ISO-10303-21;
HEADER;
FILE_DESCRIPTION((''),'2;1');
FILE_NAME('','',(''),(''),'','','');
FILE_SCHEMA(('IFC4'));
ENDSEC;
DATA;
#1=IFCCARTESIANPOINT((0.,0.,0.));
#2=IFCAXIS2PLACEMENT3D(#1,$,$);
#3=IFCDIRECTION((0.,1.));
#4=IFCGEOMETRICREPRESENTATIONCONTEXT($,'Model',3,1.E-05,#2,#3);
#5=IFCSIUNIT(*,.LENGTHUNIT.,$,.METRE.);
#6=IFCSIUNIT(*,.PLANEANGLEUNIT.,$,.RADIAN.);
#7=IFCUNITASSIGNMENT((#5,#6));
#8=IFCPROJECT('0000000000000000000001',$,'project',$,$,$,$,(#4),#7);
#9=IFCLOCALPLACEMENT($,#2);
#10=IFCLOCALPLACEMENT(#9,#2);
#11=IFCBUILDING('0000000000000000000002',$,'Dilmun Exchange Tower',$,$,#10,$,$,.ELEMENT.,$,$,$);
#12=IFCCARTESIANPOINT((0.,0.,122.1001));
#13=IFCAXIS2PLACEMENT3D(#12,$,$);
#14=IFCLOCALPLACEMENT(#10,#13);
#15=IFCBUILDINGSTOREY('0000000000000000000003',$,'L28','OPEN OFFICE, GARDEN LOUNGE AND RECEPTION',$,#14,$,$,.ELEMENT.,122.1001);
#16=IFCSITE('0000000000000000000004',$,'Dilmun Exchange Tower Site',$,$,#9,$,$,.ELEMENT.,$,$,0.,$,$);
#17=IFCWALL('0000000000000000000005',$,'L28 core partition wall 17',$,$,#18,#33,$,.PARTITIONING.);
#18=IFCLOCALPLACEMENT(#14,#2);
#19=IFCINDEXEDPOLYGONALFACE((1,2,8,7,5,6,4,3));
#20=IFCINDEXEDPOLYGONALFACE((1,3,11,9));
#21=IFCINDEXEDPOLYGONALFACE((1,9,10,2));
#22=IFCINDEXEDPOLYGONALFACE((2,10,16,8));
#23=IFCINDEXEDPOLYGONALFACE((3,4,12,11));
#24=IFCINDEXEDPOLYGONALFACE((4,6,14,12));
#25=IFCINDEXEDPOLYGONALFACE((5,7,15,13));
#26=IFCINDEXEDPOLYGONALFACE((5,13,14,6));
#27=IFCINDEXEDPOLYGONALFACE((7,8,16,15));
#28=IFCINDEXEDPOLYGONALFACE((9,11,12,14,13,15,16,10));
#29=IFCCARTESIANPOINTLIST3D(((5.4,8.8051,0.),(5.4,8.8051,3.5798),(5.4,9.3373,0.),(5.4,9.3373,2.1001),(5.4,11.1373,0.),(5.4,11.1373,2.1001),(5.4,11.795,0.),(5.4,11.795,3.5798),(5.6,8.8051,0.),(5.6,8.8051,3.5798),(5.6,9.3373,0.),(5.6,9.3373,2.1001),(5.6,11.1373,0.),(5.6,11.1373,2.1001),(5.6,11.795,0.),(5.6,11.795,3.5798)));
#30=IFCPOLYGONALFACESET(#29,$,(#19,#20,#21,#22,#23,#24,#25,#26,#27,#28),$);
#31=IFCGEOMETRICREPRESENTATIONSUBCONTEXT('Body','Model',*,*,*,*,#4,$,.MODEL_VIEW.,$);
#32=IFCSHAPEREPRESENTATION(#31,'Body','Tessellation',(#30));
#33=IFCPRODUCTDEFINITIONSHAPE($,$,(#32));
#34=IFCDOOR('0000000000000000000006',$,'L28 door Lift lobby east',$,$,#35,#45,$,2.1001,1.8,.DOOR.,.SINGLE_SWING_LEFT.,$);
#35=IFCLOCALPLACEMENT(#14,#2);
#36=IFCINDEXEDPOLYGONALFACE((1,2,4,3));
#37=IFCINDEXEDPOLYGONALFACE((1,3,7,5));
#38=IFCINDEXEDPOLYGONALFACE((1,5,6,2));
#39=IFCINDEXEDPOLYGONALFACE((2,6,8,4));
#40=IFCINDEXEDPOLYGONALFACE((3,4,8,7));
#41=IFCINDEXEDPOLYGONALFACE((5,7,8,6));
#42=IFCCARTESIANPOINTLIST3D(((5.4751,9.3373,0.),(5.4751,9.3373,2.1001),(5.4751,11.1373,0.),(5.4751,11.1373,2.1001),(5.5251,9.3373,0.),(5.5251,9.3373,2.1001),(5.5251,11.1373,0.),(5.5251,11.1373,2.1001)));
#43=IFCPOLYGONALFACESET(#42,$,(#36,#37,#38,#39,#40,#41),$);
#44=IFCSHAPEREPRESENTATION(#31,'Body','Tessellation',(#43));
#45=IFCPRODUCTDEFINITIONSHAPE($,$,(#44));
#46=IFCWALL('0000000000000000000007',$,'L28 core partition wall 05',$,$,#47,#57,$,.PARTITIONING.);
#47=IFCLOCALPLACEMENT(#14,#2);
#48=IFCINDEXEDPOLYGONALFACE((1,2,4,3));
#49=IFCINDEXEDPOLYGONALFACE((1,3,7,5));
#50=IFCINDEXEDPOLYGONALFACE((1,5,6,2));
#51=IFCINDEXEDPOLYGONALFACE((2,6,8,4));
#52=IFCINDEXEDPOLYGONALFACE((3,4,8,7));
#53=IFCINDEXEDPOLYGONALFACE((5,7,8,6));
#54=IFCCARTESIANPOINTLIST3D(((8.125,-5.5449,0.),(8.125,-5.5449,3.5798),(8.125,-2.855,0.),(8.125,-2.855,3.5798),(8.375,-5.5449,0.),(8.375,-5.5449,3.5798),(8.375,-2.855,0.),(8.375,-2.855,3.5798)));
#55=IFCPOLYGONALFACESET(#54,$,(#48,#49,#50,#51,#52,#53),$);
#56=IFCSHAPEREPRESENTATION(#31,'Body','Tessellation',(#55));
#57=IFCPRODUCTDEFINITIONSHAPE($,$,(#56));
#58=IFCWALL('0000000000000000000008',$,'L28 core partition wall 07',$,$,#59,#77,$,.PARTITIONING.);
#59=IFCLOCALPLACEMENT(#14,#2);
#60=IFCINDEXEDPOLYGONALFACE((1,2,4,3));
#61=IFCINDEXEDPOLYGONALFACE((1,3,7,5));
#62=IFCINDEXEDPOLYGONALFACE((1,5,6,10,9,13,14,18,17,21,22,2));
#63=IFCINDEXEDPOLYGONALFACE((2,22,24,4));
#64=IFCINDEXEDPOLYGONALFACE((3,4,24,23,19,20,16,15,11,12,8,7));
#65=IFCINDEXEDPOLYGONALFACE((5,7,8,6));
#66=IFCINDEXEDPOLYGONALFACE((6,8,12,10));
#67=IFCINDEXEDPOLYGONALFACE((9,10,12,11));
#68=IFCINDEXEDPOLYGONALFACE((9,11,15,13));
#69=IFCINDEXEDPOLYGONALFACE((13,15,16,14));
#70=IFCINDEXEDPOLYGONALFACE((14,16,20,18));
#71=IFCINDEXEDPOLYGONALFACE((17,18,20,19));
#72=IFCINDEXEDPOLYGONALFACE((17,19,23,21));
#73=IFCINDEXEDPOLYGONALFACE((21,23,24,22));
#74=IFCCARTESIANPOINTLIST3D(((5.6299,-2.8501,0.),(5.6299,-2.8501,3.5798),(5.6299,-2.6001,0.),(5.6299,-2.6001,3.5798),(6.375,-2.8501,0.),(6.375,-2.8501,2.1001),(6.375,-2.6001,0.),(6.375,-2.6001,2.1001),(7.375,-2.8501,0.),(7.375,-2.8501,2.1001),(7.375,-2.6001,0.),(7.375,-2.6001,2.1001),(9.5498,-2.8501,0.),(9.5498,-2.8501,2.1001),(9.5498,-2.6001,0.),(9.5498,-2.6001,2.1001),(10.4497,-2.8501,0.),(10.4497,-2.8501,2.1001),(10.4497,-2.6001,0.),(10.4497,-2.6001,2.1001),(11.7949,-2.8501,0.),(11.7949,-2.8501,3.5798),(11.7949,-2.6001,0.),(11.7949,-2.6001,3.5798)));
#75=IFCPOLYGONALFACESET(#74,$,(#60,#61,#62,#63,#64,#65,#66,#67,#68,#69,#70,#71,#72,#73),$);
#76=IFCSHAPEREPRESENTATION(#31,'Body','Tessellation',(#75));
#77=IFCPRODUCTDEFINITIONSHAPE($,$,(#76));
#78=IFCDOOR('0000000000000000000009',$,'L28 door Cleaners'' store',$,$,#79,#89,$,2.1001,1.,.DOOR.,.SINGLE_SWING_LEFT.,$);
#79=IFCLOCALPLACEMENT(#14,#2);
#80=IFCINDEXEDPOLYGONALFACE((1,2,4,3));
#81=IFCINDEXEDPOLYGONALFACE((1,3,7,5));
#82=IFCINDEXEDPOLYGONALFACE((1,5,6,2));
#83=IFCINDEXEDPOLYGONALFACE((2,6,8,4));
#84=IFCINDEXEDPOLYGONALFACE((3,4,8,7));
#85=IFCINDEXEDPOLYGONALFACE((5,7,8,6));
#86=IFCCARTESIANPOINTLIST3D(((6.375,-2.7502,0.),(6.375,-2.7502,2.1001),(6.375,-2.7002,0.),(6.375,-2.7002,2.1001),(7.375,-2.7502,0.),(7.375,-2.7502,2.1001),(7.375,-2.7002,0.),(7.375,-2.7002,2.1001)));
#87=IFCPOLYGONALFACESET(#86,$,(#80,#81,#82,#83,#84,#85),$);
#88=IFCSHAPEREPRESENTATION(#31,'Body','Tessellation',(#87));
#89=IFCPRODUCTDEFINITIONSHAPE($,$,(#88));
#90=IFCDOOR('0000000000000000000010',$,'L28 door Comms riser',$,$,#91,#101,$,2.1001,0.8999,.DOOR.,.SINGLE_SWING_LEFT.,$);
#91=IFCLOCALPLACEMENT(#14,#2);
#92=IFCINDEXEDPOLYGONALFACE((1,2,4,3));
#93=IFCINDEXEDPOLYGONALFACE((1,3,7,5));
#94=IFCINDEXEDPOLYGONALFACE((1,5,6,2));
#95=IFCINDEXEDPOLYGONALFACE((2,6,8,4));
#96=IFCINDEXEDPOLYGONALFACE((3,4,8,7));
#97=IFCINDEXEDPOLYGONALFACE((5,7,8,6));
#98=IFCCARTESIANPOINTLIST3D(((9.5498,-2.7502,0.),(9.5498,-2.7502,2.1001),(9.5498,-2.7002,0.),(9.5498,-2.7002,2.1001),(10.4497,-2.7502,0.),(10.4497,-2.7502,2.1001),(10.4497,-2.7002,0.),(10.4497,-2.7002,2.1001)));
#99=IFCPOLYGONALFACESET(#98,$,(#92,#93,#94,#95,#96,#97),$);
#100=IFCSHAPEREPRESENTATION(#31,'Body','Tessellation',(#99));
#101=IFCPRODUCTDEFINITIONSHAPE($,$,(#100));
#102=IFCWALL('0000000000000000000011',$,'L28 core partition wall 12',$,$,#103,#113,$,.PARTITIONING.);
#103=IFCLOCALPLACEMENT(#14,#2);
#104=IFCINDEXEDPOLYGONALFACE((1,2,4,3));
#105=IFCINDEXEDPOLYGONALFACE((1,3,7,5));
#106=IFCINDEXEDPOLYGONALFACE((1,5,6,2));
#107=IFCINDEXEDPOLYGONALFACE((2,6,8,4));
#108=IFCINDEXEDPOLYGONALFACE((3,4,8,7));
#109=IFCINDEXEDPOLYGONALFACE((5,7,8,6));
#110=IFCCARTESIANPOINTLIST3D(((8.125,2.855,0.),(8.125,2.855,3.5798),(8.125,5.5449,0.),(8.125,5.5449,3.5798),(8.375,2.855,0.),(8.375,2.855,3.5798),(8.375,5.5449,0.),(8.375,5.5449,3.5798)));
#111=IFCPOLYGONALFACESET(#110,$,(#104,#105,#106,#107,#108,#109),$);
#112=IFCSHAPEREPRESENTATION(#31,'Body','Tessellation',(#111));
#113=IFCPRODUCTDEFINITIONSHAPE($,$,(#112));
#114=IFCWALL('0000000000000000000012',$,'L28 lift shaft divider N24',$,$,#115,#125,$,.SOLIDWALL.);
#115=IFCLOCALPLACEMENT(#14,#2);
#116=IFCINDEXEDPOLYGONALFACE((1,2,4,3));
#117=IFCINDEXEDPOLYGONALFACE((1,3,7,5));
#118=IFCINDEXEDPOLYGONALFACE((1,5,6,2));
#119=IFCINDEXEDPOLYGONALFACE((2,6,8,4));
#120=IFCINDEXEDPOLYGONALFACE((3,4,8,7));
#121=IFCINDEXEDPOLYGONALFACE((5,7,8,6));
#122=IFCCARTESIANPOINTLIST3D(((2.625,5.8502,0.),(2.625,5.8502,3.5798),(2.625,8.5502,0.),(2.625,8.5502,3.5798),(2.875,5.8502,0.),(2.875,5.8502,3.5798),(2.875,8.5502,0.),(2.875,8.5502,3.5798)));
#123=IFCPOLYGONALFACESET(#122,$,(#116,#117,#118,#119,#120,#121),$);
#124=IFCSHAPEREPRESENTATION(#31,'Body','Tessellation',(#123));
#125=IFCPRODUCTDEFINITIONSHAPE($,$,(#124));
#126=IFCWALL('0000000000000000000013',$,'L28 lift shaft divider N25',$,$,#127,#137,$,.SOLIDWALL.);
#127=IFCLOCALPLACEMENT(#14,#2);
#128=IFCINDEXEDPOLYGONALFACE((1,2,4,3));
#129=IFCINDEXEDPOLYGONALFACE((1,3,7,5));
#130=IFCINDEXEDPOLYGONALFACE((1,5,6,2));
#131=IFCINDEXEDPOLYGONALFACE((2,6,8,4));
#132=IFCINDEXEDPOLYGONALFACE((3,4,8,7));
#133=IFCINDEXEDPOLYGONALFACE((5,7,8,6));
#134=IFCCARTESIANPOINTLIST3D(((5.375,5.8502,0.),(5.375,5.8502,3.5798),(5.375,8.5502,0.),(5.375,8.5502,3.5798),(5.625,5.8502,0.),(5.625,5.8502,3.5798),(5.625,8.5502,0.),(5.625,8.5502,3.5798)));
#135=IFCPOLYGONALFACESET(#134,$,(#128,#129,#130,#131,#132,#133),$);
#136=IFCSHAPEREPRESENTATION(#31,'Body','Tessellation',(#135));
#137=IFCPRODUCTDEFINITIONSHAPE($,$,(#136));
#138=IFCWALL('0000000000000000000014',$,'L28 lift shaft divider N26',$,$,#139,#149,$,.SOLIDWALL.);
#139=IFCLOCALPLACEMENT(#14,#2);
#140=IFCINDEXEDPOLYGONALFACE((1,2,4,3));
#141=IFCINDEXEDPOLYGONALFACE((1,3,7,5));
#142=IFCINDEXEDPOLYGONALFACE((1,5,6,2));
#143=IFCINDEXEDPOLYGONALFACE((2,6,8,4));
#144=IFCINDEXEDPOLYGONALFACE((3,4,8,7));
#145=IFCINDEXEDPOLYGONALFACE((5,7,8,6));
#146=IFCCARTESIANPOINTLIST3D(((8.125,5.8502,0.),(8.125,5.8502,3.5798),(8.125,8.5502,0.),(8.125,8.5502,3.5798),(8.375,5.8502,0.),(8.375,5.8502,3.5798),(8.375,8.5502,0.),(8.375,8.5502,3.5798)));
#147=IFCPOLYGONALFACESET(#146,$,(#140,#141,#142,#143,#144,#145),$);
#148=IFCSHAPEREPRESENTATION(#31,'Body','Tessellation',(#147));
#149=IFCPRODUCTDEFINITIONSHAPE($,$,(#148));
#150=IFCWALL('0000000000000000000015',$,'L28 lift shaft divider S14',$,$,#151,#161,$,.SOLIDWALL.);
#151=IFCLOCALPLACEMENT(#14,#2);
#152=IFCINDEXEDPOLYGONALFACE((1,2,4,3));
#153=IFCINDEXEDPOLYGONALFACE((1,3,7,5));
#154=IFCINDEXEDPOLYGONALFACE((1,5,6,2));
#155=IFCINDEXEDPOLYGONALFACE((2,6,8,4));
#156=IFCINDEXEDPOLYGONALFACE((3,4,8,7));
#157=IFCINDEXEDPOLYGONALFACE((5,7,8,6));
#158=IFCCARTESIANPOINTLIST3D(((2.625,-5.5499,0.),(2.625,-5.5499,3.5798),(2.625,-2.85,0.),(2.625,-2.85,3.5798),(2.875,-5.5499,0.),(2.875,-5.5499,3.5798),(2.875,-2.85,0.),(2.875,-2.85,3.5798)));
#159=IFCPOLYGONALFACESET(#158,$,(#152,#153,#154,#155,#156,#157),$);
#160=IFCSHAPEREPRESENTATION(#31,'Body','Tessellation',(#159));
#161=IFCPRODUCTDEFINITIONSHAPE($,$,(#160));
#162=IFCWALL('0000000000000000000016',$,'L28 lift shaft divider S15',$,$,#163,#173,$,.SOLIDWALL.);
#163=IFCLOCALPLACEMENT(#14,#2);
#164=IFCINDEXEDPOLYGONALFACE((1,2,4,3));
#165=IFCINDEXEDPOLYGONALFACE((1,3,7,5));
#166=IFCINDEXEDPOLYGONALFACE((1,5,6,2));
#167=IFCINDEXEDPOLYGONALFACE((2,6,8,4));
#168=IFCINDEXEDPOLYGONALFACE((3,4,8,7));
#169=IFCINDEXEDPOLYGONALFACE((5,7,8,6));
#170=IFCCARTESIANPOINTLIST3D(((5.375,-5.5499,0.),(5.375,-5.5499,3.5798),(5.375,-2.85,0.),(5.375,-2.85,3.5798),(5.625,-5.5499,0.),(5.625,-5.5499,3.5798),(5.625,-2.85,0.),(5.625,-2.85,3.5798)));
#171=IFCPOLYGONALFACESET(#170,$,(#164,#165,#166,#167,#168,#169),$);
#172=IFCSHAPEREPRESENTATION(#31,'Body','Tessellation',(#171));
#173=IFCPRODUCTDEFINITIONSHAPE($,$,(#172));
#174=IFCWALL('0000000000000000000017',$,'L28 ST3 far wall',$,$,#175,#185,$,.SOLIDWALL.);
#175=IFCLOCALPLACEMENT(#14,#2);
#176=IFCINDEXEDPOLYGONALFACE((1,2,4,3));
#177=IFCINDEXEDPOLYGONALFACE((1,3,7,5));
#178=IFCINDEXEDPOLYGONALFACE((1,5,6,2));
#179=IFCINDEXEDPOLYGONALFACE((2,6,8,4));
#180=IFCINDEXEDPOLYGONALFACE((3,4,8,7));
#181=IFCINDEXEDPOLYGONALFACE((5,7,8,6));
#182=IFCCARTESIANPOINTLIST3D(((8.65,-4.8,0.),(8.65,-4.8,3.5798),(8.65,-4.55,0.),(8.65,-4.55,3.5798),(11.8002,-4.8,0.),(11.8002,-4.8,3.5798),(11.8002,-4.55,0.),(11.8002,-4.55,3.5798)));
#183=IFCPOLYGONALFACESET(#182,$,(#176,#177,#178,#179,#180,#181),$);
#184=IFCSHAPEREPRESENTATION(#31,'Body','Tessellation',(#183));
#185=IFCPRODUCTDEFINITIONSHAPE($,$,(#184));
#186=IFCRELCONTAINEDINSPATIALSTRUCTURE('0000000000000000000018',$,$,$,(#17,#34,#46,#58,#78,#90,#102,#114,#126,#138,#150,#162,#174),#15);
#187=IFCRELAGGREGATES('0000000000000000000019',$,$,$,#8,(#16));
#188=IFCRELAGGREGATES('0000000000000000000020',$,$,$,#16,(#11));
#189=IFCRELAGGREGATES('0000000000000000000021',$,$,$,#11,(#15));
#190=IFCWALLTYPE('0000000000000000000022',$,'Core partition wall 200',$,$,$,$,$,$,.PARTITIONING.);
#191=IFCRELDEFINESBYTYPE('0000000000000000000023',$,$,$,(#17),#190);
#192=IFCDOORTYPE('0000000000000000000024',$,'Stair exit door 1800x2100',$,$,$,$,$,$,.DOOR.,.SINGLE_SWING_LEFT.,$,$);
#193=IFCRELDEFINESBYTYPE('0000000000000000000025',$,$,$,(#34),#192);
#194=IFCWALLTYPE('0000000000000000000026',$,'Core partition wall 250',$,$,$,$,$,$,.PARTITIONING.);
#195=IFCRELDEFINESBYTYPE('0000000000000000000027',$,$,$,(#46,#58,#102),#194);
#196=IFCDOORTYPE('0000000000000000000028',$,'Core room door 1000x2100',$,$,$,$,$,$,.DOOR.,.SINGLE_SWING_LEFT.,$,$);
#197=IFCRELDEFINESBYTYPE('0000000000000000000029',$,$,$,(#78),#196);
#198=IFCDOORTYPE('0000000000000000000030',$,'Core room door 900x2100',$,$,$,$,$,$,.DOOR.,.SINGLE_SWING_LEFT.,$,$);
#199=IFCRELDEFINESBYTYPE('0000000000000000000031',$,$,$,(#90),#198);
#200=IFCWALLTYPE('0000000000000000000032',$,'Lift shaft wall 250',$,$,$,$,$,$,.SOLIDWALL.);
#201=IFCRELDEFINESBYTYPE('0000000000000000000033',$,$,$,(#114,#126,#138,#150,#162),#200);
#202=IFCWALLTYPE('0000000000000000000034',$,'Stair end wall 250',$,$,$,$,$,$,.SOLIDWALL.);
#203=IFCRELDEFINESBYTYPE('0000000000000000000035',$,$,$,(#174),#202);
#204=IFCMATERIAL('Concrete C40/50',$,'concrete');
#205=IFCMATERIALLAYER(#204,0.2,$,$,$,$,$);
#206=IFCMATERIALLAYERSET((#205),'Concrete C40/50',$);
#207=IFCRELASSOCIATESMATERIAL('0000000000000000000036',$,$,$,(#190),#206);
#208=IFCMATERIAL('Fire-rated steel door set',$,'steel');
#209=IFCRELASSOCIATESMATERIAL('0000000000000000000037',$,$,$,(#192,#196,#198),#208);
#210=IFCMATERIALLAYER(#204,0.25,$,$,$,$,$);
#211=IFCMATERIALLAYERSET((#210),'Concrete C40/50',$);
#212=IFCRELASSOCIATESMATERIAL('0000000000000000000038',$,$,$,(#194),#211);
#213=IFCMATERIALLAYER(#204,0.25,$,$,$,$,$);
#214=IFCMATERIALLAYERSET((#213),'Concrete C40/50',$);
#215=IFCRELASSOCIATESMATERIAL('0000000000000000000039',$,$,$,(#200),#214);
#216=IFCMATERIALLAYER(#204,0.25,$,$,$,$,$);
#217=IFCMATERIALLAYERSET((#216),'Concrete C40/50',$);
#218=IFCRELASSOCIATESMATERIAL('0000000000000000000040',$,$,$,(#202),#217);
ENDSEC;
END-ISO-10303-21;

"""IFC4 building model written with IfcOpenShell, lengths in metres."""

from ifc_helpers import new_model, si_unit, direction, frame, frame_2d, origin, place, context, subcontext, project, spatial, rectangle, extrude, material, layer, layer_set, type_object, element, fill, save


model = new_model("IFC4")

# Units and contexts
model_context = context("Model", 3, precision=1e-05, world=origin(), true_north=direction((0.0, 1.0)))
body_context = subcontext(model_context, "Body", "Model", "MODEL_VIEW")
ifc_project = project(units=[si_unit("LENGTHUNIT", "METRE"), si_unit("PLANEANGLEUNIT", "RADIAN")], contexts=[model_context])

# Site, building, storey
site_placement = place(None, origin())
site = spatial("IfcSite", under=ifc_project, at=site_placement, Name="Dilmun Exchange Tower Site", CompositionType="ELEMENT", RefElevation=0.0)
building_placement = place(site_placement, origin())
building = spatial("IfcBuilding", under=site, at=building_placement, Name="Dilmun Exchange Tower", CompositionType="ELEMENT")
storey_placement = place(building_placement, frame((0.0, 0.0, 122.1001)))
storey = spatial("IfcBuildingStorey", under=building, at=storey_placement, Name="L28", Description="OPEN OFFICE, GARDEN LOUNGE AND RECEPTION", CompositionType="ELEMENT", Elevation=122.1001)

# Wall, opening, door
ifc_material_1 = material(Name="Concrete C40/50", Category="concrete")
ifc_layer_1 = layer(ifc_material_1, 0.2)
ifc_layer_set_1 = layer_set([ifc_layer_1], Name="Concrete C40/50")
wall_type_1 = type_object("IfcWallType", Name="Core partition wall 200", PredefinedType="PARTITIONING", material=ifc_layer_set_1)
wall_1_placement = place(storey_placement, frame((5.5, 8.8049, 0.0), z_axis=(0.0, 0.0, 1.0), x_axis=(0.0, 1.0, 0.0)))
wall_1 = element("IfcWall", 1, at=wall_1_placement, inside=storey, type_object=wall_type_1, Name="L28 core partition wall 17", PredefinedType="PARTITIONING", context=body_context, shape_type="SweptSolid", body=[
    extrude(rectangle(XDim=2.99, YDim=0.2, at=frame_2d((1.4951, 0.0))), origin(), (0.0, 0.0, 1.0), 3.5798),
])
opening_1_placement = place(wall_1_placement, frame((0.5325, 0.0, 0.0)))
opening_1 = element("IfcOpeningElement", 2, at=opening_1_placement, cuts=wall_1, PredefinedType="OPENING", context=body_context, shape_type="SweptSolid", body=[
    extrude(rectangle(XDim=1.8, YDim=2.1001, at=frame_2d((0.8999, 1.05))), frame((0.0, 0.1099, 0.0), z_axis=(0.0, -1.0, 0.0), x_axis=(1.0, 0.0, 0.0)), (0.0, 0.0, 1.0), 0.22),
])
ifc_material_2 = material(Name="Fire-rated steel door set", Category="steel")
door_type_1 = type_object("IfcDoorType", Name="Stair exit door 1800x2100", OperationType="SINGLE_SWING_LEFT", PredefinedType="DOOR", material=ifc_material_2)
door_1_placement = place(opening_1_placement, origin())
door_1 = element("IfcDoor", 3, at=door_1_placement, inside=storey, type_object=door_type_1, Name="L28 door Lift lobby east", OperationType="SINGLE_SWING_LEFT", OverallHeight=2.1001, OverallWidth=1.8, PredefinedType="DOOR", context=body_context, shape_type="SweptSolid", body=[
    extrude(rectangle(XDim=1.8, YDim=2.1001, at=frame_2d((0.8999, 1.05))), frame((0.0, 0.0249, 0.0), z_axis=(0.0, -1.0, 0.0), x_axis=(1.0, 0.0, 0.0)), (0.0, 0.0, 1.0), 0.05),
])
fill(opening_1, door_1)

# Wall
ifc_layer_2 = layer(ifc_material_1, 0.25)
ifc_layer_set_2 = layer_set([ifc_layer_2], Name="Concrete C40/50")
wall_type_2 = type_object("IfcWallType", Name="Core partition wall 250", PredefinedType="PARTITIONING", material=ifc_layer_set_2)
wall_2_placement = place(storey_placement, frame((8.25, -5.5449, 0.0), z_axis=(0.0, 0.0, 1.0), x_axis=(0.0, 1.0, 0.0)))
element("IfcWall", 4, at=wall_2_placement, inside=storey, type_object=wall_type_2, Name="L28 core partition wall 05", PredefinedType="PARTITIONING", context=body_context, shape_type="SweptSolid", body=[
    extrude(rectangle(XDim=2.6899, YDim=0.25, at=frame_2d((1.345, 0.0))), origin(), (0.0, 0.0, 1.0), 3.5798),
])

# Wall, openings, doors
wall_3_placement = place(storey_placement, frame((5.6299, -2.7251, 0.0), z_axis=(0.0, 0.0, 1.0), x_axis=(1.0, 0.0, 0.0)))
wall_3 = element("IfcWall", 5, at=wall_3_placement, inside=storey, type_object=wall_type_2, Name="L28 core partition wall 07", PredefinedType="PARTITIONING", context=body_context, shape_type="SweptSolid", body=[
    extrude(rectangle(XDim=6.165, YDim=0.25, at=frame_2d((3.0825, 0.0))), origin(), (0.0, 0.0, 1.0), 3.5798),
])
opening_2_placement = place(wall_3_placement, frame((0.7451, 0.0, 0.0)))
opening_2 = element("IfcOpeningElement", 6, at=opening_2_placement, cuts=wall_3, PredefinedType="OPENING", context=body_context, shape_type="SweptSolid", body=[
    extrude(rectangle(XDim=1.0, YDim=2.1001, at=frame_2d((0.5, 1.05))), frame((0.0, 0.135, 0.0), z_axis=(0.0, -1.0, 0.0), x_axis=(1.0, 0.0, 0.0)), (0.0, 0.0, 1.0), 0.27),
])
opening_3_placement = place(wall_3_placement, frame((3.9199, 0.0, 0.0)))
opening_3 = element("IfcOpeningElement", 7, at=opening_3_placement, cuts=wall_3, PredefinedType="OPENING", context=body_context, shape_type="SweptSolid", body=[
    extrude(rectangle(XDim=0.8999, YDim=2.1001, at=frame_2d((0.45, 1.05))), frame((0.0, 0.135, 0.0), z_axis=(0.0, -1.0, 0.0), x_axis=(1.0, 0.0, 0.0)), (0.0, 0.0, 1.0), 0.27),
])
door_type_2 = type_object("IfcDoorType", Name="Core room door 1000x2100", OperationType="SINGLE_SWING_LEFT", PredefinedType="DOOR", material=ifc_material_2)
door_2_placement = place(opening_2_placement, origin())
door_2 = element("IfcDoor", 8, at=door_2_placement, inside=storey, type_object=door_type_2, Name="L28 door Cleaners' store", OperationType="SINGLE_SWING_LEFT", OverallHeight=2.1001, OverallWidth=1.0, PredefinedType="DOOR", context=body_context, shape_type="SweptSolid", body=[
    extrude(rectangle(XDim=1.0, YDim=2.1001, at=frame_2d((0.5, 1.05))), frame((0.0, 0.0249, 0.0), z_axis=(0.0, -1.0, 0.0), x_axis=(1.0, 0.0, 0.0)), (0.0, 0.0, 1.0), 0.05),
])
fill(opening_2, door_2)
door_type_3 = type_object("IfcDoorType", Name="Core room door 900x2100", OperationType="SINGLE_SWING_LEFT", PredefinedType="DOOR", material=ifc_material_2)
door_3_placement = place(opening_3_placement, origin())
door_3 = element("IfcDoor", 9, at=door_3_placement, inside=storey, type_object=door_type_3, Name="L28 door Comms riser", OperationType="SINGLE_SWING_LEFT", OverallHeight=2.1001, OverallWidth=0.8999, PredefinedType="DOOR", context=body_context, shape_type="SweptSolid", body=[
    extrude(rectangle(XDim=0.8999, YDim=2.1001, at=frame_2d((0.45, 1.05))), frame((0.0, 0.0249, 0.0), z_axis=(0.0, -1.0, 0.0), x_axis=(1.0, 0.0, 0.0)), (0.0, 0.0, 1.0), 0.05),
])
fill(opening_3, door_3)

# Walls
wall_4_placement = place(storey_placement, frame((8.25, 2.855, 0.0), z_axis=(0.0, 0.0, 1.0), x_axis=(0.0, 1.0, 0.0)))
element("IfcWall", 10, at=wall_4_placement, inside=storey, type_object=wall_type_2, Name="L28 core partition wall 12", PredefinedType="PARTITIONING", context=body_context, shape_type="SweptSolid", body=[
    extrude(rectangle(XDim=2.6899, YDim=0.25, at=frame_2d((1.345, 0.0))), origin(), (0.0, 0.0, 1.0), 3.5798),
])
ifc_layer_3 = layer(ifc_material_1, 0.25)
ifc_layer_set_3 = layer_set([ifc_layer_3], Name="Concrete C40/50")
wall_type_3 = type_object("IfcWallType", Name="Lift shaft wall 250", PredefinedType="SOLIDWALL", material=ifc_layer_set_3)
for number, where, z_axis, x_axis, name in (
    (11, (2.75, 5.8501, 0.0), (0.0, 0.0, 1.0), (0.0, 1.0, 0.0), "L28 lift shaft divider N24"),
    (12, (5.5, 5.8501, 0.0), (0.0, 0.0, 1.0), (0.0, 1.0, 0.0), "L28 lift shaft divider N25"),
    (13, (8.25, 5.8501, 0.0), (0.0, 0.0, 1.0), (0.0, 1.0, 0.0), "L28 lift shaft divider N26"),
    (14, (2.75, -5.55, 0.0), (0.0, 0.0, 1.0), (0.0, 1.0, 0.0), "L28 lift shaft divider S14"),
    (15, (5.5, -5.55, 0.0), (0.0, 0.0, 1.0), (0.0, 1.0, 0.0), "L28 lift shaft divider S15"),
):
    element("IfcWall", number, at=place(storey_placement, frame(where, z_axis=z_axis, x_axis=x_axis)), inside=storey, type_object=wall_type_3, Name=name, PredefinedType="SOLIDWALL", context=body_context, shape_type="SweptSolid", body=[
        extrude(rectangle(XDim=2.7, YDim=0.25, at=frame_2d((1.3501, 0.0))), origin(), (0.0, 0.0, 1.0), 3.5798),
    ])
ifc_layer_4 = layer(ifc_material_1, 0.25)
ifc_layer_set_4 = layer_set([ifc_layer_4], Name="Concrete C40/50")
wall_type_4 = type_object("IfcWallType", Name="Stair end wall 250", PredefinedType="SOLIDWALL", material=ifc_layer_set_4)
wall_5_placement = place(storey_placement, frame((8.6499, -4.675, 0.0), z_axis=(0.0, 0.0, 1.0), x_axis=(1.0, 0.0, 0.0)))
element("IfcWall", 16, at=wall_5_placement, inside=storey, type_object=wall_type_4, Name="L28 ST3 far wall", PredefinedType="SOLIDWALL", context=body_context, shape_type="SweptSolid", body=[
    extrude(rectangle(XDim=3.1501, YDim=0.25, at=frame_2d((1.5752, 0.0))), origin(), (0.0, 0.0, 1.0), 3.5798),
])

save(model, "model.ifc")
